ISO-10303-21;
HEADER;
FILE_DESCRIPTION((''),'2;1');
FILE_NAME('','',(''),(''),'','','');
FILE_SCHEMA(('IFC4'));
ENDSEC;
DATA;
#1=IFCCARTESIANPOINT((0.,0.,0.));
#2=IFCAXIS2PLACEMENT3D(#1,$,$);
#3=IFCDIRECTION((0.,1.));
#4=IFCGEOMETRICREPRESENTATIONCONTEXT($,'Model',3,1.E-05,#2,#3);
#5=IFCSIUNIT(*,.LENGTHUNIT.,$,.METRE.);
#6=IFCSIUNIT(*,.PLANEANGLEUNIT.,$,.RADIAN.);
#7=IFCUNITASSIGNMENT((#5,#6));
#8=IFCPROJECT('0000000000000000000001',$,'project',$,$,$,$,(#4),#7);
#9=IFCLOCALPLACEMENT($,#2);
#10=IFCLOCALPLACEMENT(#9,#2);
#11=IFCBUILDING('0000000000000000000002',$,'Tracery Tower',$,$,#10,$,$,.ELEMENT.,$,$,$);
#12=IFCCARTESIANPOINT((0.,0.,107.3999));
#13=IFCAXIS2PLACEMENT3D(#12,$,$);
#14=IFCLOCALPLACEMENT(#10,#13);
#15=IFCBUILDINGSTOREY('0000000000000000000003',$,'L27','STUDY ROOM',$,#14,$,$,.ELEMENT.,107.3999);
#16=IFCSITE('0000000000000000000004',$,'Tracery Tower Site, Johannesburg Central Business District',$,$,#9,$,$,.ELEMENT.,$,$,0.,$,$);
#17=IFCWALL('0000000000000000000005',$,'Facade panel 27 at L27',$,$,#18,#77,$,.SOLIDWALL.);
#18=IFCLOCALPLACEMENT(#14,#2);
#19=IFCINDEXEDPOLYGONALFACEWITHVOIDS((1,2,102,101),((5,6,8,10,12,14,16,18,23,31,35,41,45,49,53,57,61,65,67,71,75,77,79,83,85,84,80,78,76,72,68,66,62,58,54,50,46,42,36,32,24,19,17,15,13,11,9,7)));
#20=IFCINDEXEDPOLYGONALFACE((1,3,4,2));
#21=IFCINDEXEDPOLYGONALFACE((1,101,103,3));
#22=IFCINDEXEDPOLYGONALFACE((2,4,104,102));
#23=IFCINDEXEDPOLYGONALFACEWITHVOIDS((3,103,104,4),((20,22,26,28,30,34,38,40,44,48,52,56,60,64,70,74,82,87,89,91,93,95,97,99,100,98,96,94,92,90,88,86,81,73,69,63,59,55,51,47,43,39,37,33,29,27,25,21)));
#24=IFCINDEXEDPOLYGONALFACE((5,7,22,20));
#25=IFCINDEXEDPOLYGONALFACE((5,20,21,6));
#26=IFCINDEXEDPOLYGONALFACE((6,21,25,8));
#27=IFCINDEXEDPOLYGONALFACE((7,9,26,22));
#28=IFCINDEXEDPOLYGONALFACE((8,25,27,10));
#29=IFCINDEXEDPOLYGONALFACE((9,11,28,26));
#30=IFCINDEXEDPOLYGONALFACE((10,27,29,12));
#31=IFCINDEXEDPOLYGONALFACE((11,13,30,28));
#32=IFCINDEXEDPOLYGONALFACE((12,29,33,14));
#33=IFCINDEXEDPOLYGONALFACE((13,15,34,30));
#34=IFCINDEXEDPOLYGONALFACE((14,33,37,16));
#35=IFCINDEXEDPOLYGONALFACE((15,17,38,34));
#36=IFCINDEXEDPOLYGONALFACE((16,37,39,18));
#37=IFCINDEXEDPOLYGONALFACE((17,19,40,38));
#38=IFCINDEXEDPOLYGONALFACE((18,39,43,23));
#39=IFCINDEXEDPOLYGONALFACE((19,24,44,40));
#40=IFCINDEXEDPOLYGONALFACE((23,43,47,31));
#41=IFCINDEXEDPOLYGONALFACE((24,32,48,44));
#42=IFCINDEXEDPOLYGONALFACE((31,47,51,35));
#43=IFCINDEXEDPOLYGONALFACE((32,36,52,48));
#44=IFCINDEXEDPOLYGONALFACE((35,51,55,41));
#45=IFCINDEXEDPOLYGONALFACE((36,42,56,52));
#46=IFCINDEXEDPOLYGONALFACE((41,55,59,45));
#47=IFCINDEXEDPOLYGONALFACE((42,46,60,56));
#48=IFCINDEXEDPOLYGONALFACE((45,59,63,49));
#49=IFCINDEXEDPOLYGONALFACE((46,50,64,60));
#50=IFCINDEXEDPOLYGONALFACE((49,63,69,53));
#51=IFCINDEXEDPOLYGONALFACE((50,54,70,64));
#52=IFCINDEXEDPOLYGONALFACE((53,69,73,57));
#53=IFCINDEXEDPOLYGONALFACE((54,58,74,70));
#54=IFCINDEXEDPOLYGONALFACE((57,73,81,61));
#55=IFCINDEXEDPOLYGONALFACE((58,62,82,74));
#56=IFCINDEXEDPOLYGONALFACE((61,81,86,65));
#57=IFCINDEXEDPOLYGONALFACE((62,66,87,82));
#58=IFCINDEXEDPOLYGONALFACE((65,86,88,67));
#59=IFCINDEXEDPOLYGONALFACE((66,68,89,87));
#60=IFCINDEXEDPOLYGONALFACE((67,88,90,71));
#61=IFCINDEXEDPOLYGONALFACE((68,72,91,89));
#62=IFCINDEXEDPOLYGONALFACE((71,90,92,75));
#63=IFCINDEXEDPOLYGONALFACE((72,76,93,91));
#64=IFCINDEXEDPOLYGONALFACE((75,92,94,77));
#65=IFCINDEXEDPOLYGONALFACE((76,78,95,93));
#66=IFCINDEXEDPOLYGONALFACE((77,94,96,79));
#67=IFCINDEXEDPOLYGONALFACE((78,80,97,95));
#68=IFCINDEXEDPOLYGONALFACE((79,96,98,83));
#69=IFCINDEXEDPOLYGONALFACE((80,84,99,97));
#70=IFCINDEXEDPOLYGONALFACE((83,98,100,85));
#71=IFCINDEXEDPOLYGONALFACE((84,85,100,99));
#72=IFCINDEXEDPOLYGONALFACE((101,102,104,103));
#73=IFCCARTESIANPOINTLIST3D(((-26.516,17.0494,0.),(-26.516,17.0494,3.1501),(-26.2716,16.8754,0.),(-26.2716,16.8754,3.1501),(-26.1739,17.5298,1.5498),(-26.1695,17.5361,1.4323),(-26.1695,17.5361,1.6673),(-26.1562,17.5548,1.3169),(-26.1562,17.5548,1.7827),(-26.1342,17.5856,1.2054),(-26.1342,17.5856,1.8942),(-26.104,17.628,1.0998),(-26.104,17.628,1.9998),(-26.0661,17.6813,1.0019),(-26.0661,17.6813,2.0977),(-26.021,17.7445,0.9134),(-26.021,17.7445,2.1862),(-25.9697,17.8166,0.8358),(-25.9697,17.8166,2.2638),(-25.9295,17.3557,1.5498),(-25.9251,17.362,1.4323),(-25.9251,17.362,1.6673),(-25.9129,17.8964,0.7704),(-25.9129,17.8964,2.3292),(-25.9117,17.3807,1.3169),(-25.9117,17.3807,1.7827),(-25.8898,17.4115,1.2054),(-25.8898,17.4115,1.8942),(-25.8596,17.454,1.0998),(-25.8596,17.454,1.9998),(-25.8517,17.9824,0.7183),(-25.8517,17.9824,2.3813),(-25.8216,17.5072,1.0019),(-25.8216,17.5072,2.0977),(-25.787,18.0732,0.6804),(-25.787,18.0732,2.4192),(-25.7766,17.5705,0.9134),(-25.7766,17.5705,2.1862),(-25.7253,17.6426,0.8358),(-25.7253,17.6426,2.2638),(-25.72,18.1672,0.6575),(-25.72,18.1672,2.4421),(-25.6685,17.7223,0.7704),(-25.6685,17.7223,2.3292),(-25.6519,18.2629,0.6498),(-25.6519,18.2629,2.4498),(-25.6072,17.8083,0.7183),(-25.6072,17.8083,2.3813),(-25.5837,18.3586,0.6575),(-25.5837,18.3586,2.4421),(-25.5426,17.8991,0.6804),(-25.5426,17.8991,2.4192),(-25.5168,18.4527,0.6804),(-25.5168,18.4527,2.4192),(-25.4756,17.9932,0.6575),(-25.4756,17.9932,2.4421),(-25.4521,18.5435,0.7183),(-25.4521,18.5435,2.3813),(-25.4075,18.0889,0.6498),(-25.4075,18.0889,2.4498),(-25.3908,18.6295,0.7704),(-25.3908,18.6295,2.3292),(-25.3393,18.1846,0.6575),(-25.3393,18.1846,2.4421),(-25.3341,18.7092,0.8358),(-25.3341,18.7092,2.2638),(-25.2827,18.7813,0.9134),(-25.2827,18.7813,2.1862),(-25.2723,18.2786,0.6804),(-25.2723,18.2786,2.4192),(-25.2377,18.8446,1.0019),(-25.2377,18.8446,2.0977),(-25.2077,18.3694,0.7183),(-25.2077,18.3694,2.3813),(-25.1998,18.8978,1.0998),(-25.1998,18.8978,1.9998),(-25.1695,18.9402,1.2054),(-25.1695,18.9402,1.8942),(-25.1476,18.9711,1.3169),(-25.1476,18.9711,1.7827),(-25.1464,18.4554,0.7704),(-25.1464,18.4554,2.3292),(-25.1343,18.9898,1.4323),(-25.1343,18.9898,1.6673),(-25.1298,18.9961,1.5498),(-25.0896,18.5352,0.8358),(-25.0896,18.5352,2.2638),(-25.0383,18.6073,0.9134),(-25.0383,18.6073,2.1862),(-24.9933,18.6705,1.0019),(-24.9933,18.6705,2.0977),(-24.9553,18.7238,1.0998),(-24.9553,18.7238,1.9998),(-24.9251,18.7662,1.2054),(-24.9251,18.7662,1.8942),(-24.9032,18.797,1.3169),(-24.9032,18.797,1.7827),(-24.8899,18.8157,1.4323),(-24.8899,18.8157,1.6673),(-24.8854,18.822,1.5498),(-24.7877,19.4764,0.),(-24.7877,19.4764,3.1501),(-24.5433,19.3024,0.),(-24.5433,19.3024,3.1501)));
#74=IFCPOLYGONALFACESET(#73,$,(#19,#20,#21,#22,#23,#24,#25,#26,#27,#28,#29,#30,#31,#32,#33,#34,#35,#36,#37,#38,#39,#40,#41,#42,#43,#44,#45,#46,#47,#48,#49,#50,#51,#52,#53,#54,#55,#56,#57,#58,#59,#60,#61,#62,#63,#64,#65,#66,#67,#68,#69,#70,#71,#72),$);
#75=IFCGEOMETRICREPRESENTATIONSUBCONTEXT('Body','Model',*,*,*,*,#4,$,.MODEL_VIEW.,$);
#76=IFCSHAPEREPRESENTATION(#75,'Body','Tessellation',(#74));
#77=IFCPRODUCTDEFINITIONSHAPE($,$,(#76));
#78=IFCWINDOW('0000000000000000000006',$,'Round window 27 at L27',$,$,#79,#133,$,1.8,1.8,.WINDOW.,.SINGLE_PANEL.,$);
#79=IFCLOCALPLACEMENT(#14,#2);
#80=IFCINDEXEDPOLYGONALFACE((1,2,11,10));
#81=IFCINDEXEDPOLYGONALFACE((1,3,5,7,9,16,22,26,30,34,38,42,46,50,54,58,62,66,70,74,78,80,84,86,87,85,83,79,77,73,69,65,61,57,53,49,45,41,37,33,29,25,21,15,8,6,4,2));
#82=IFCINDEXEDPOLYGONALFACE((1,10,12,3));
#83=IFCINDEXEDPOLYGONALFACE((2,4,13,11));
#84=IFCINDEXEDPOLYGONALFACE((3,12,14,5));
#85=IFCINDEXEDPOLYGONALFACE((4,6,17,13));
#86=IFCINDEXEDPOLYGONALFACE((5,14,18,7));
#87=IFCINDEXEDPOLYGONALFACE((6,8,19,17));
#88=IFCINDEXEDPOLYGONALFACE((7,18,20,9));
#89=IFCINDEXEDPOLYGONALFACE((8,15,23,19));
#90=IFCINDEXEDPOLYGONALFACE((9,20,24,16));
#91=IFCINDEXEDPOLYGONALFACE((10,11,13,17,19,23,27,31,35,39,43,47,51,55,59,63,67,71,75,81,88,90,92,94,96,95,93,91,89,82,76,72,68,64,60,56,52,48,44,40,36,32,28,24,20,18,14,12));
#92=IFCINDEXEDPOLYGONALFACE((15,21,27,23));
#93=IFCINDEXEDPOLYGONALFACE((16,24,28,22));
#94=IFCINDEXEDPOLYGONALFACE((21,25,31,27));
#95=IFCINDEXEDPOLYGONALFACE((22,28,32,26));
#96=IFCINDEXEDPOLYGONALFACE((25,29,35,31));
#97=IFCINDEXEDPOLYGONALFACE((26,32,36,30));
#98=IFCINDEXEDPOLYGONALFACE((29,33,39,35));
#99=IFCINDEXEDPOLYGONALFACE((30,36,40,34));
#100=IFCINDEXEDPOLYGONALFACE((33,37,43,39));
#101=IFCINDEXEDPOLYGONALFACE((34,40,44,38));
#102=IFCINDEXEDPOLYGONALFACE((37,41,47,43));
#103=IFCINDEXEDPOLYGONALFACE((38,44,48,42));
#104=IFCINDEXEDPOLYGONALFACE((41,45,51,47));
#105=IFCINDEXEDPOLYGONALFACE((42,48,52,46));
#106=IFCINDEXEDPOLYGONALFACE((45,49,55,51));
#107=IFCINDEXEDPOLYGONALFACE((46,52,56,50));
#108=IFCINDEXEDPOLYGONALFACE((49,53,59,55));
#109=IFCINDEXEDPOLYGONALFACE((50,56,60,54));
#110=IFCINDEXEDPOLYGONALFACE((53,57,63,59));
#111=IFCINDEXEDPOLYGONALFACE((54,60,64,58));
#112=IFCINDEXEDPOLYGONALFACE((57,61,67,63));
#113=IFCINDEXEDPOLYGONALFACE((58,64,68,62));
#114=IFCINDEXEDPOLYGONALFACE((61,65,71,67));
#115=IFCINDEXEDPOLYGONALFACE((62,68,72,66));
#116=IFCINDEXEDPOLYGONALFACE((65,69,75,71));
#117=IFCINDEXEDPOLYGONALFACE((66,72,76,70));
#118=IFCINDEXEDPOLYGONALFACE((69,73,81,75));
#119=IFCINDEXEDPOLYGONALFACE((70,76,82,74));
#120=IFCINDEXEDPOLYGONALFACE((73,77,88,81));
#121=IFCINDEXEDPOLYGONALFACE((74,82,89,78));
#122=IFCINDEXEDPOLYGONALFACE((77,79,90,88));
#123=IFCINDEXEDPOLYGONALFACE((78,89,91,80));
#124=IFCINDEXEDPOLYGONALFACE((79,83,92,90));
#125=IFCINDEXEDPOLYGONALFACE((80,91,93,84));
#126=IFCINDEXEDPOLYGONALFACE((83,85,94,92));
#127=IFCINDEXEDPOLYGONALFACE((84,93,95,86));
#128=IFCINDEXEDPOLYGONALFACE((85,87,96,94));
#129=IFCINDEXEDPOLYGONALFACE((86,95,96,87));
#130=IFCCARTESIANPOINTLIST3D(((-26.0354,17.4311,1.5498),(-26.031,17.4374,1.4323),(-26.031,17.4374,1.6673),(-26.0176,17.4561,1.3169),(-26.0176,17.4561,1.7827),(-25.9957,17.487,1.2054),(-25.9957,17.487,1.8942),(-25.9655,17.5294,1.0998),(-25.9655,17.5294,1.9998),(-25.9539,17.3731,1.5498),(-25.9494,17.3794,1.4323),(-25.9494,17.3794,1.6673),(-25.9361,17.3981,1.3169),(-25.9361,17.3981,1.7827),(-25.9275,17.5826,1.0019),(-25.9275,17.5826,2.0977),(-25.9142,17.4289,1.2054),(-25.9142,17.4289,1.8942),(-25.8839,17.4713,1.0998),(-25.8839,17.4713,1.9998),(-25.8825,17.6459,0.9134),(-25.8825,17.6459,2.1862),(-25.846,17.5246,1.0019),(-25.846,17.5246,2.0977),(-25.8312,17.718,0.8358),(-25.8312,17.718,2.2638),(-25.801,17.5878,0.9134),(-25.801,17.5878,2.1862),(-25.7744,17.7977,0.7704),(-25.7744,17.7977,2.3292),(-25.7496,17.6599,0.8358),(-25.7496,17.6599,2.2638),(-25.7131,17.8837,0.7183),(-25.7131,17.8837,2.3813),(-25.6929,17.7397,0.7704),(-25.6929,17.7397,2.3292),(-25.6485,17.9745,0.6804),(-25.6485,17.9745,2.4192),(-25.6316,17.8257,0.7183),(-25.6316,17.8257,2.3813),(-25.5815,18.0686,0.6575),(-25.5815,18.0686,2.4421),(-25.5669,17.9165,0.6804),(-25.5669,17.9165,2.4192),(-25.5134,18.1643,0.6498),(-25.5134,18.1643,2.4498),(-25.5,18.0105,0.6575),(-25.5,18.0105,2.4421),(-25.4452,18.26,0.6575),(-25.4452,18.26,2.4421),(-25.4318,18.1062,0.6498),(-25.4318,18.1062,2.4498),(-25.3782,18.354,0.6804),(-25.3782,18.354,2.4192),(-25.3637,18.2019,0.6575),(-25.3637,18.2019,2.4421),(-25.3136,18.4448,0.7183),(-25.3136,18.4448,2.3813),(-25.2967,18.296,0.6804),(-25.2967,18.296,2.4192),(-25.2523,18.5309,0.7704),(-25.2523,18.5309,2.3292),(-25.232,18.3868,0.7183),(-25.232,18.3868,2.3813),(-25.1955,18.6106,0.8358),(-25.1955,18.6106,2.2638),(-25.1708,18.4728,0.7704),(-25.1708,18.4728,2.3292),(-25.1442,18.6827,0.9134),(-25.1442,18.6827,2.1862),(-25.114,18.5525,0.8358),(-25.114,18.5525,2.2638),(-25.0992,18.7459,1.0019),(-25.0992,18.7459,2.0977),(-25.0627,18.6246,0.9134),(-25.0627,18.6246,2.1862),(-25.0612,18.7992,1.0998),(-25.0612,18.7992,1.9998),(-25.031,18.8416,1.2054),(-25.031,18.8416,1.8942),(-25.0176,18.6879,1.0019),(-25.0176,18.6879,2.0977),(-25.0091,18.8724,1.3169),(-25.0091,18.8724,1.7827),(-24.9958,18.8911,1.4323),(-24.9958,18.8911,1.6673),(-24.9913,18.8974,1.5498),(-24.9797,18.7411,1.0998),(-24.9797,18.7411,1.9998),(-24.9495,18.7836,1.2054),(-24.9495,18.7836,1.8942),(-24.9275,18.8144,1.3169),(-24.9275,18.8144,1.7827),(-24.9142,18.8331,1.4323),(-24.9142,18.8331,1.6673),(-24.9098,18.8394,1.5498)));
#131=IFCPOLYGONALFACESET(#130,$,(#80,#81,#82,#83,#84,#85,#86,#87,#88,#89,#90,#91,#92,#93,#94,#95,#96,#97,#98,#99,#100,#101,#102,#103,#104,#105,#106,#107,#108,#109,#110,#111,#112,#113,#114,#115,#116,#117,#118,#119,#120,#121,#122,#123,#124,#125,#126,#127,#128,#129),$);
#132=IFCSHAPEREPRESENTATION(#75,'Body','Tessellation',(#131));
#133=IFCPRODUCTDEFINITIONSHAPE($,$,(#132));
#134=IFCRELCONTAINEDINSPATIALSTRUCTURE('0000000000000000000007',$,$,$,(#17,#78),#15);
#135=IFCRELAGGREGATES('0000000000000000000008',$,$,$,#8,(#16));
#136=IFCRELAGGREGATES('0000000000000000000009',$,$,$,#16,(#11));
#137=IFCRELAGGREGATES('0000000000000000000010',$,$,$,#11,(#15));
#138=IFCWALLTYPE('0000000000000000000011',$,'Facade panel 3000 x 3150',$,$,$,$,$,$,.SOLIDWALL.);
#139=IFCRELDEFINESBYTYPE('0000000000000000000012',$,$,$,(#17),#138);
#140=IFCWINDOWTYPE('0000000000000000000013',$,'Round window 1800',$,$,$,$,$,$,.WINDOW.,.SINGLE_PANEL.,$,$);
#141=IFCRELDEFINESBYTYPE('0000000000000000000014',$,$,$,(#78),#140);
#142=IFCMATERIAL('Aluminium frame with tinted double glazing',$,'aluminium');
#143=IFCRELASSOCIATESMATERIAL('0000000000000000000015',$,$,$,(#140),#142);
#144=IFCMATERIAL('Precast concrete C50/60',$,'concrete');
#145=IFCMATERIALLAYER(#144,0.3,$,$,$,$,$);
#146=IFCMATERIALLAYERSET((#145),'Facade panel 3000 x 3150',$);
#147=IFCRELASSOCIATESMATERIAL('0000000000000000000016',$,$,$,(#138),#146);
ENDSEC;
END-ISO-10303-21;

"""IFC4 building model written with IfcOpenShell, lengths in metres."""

from ifc_helpers import new_model, si_unit, direction, frame, frame_2d, origin, origin_2d, place, context, subcontext, project, spatial, rectangle, circle, extrude, material, layer, layer_set, type_object, element, fill, save


model = new_model("IFC4")

# Units and contexts
model_context = context("Model", 3, precision=1e-05, world=origin(), true_north=direction((0.0, 1.0)))
body_context = subcontext(model_context, "Body", "Model", "MODEL_VIEW")
ifc_project = project(units=[si_unit("LENGTHUNIT", "METRE"), si_unit("PLANEANGLEUNIT", "RADIAN")], contexts=[model_context])

# Site, building, storey
site_placement = place(None, origin())
site = spatial("IfcSite", under=ifc_project, at=site_placement, Name="Tracery Tower Site, Johannesburg Central Business District", CompositionType="ELEMENT", RefElevation=0.0)
building_placement = place(site_placement, origin())
building = spatial("IfcBuilding", under=site, at=building_placement, Name="Tracery Tower", CompositionType="ELEMENT")
storey_placement = place(building_placement, frame((0.0, 0.0, 107.3999)))
storey = spatial("IfcBuildingStorey", under=building, at=storey_placement, Name="L27", Description="STUDY ROOM", CompositionType="ELEMENT", Elevation=107.3999)

# Wall, opening, window
ifc_material_1 = material(Name="Aluminium frame with tinted double glazing", Category="aluminium")
window_type = type_object("IfcWindowType", Name="Round window 1800", PartitioningType="SINGLE_PANEL", PredefinedType="WINDOW", material=ifc_material_1)
ifc_material_2 = material(Name="Precast concrete C50/60", Category="concrete")
ifc_layer_1 = layer(ifc_material_2, 0.3)
ifc_layer_set_1 = layer_set([ifc_layer_1], Name="Facade panel 3000 x 3150")
wall_type_1 = type_object("IfcWallType", Name="Facade panel 3000 x 3150", PredefinedType="SOLIDWALL", material=ifc_layer_set_1)
wall_1_placement = place(storey_placement, frame((-24.6655, 19.3894, 0.0), z_axis=(0.0, 0.0, 1.0), x_axis=(-0.580059, -0.814574, 0.0)))
wall_1 = element("IfcWall", 1, at=wall_1_placement, inside=storey, type_object=wall_type_1, Name="Facade panel 27 at L27", PredefinedType="SOLIDWALL", context=body_context, shape_type="SweptSolid", body=[
    extrude(rectangle(XDim=2.9795, YDim=0.3, at=frame_2d((1.4897, 0.0))), origin(), (0.0, 0.0, 1.0), 3.1501),
])
opening_1_placement = place(wall_1_placement, frame((1.4897, 0.0, 1.5498)))
opening_1 = element("IfcOpeningElement", 2, at=opening_1_placement, cuts=wall_1, PredefinedType="OPENING", context=body_context, shape_type="SweptSolid", body=[
    extrude(circle(Radius=0.9, at=origin_2d()), frame((0.0, 0.1599, 0.0), z_axis=(0.0, -1.0, 0.0), x_axis=(1.0, 0.0, 0.0)), (0.0, 0.0, 1.0), 0.3201),
])
window_1_placement = place(opening_1_placement, origin())
window_1 = element("IfcWindow", 3, at=window_1_placement, inside=storey, type_object=window_type, Name="Round window 27 at L27", OverallHeight=1.8, OverallWidth=1.8, PartitioningType="SINGLE_PANEL", PredefinedType="WINDOW", context=body_context, shape_type="SweptSolid", body=[
    extrude(circle(Radius=0.9, at=origin_2d()), frame((0.0, 0.1201, 0.0), z_axis=(0.0, -1.0, 0.0), x_axis=(1.0, 0.0, 0.0)), (0.0, 0.0, 1.0), 0.1001),
])
fill(opening_1, window_1)

save(model, "model.ifc")
